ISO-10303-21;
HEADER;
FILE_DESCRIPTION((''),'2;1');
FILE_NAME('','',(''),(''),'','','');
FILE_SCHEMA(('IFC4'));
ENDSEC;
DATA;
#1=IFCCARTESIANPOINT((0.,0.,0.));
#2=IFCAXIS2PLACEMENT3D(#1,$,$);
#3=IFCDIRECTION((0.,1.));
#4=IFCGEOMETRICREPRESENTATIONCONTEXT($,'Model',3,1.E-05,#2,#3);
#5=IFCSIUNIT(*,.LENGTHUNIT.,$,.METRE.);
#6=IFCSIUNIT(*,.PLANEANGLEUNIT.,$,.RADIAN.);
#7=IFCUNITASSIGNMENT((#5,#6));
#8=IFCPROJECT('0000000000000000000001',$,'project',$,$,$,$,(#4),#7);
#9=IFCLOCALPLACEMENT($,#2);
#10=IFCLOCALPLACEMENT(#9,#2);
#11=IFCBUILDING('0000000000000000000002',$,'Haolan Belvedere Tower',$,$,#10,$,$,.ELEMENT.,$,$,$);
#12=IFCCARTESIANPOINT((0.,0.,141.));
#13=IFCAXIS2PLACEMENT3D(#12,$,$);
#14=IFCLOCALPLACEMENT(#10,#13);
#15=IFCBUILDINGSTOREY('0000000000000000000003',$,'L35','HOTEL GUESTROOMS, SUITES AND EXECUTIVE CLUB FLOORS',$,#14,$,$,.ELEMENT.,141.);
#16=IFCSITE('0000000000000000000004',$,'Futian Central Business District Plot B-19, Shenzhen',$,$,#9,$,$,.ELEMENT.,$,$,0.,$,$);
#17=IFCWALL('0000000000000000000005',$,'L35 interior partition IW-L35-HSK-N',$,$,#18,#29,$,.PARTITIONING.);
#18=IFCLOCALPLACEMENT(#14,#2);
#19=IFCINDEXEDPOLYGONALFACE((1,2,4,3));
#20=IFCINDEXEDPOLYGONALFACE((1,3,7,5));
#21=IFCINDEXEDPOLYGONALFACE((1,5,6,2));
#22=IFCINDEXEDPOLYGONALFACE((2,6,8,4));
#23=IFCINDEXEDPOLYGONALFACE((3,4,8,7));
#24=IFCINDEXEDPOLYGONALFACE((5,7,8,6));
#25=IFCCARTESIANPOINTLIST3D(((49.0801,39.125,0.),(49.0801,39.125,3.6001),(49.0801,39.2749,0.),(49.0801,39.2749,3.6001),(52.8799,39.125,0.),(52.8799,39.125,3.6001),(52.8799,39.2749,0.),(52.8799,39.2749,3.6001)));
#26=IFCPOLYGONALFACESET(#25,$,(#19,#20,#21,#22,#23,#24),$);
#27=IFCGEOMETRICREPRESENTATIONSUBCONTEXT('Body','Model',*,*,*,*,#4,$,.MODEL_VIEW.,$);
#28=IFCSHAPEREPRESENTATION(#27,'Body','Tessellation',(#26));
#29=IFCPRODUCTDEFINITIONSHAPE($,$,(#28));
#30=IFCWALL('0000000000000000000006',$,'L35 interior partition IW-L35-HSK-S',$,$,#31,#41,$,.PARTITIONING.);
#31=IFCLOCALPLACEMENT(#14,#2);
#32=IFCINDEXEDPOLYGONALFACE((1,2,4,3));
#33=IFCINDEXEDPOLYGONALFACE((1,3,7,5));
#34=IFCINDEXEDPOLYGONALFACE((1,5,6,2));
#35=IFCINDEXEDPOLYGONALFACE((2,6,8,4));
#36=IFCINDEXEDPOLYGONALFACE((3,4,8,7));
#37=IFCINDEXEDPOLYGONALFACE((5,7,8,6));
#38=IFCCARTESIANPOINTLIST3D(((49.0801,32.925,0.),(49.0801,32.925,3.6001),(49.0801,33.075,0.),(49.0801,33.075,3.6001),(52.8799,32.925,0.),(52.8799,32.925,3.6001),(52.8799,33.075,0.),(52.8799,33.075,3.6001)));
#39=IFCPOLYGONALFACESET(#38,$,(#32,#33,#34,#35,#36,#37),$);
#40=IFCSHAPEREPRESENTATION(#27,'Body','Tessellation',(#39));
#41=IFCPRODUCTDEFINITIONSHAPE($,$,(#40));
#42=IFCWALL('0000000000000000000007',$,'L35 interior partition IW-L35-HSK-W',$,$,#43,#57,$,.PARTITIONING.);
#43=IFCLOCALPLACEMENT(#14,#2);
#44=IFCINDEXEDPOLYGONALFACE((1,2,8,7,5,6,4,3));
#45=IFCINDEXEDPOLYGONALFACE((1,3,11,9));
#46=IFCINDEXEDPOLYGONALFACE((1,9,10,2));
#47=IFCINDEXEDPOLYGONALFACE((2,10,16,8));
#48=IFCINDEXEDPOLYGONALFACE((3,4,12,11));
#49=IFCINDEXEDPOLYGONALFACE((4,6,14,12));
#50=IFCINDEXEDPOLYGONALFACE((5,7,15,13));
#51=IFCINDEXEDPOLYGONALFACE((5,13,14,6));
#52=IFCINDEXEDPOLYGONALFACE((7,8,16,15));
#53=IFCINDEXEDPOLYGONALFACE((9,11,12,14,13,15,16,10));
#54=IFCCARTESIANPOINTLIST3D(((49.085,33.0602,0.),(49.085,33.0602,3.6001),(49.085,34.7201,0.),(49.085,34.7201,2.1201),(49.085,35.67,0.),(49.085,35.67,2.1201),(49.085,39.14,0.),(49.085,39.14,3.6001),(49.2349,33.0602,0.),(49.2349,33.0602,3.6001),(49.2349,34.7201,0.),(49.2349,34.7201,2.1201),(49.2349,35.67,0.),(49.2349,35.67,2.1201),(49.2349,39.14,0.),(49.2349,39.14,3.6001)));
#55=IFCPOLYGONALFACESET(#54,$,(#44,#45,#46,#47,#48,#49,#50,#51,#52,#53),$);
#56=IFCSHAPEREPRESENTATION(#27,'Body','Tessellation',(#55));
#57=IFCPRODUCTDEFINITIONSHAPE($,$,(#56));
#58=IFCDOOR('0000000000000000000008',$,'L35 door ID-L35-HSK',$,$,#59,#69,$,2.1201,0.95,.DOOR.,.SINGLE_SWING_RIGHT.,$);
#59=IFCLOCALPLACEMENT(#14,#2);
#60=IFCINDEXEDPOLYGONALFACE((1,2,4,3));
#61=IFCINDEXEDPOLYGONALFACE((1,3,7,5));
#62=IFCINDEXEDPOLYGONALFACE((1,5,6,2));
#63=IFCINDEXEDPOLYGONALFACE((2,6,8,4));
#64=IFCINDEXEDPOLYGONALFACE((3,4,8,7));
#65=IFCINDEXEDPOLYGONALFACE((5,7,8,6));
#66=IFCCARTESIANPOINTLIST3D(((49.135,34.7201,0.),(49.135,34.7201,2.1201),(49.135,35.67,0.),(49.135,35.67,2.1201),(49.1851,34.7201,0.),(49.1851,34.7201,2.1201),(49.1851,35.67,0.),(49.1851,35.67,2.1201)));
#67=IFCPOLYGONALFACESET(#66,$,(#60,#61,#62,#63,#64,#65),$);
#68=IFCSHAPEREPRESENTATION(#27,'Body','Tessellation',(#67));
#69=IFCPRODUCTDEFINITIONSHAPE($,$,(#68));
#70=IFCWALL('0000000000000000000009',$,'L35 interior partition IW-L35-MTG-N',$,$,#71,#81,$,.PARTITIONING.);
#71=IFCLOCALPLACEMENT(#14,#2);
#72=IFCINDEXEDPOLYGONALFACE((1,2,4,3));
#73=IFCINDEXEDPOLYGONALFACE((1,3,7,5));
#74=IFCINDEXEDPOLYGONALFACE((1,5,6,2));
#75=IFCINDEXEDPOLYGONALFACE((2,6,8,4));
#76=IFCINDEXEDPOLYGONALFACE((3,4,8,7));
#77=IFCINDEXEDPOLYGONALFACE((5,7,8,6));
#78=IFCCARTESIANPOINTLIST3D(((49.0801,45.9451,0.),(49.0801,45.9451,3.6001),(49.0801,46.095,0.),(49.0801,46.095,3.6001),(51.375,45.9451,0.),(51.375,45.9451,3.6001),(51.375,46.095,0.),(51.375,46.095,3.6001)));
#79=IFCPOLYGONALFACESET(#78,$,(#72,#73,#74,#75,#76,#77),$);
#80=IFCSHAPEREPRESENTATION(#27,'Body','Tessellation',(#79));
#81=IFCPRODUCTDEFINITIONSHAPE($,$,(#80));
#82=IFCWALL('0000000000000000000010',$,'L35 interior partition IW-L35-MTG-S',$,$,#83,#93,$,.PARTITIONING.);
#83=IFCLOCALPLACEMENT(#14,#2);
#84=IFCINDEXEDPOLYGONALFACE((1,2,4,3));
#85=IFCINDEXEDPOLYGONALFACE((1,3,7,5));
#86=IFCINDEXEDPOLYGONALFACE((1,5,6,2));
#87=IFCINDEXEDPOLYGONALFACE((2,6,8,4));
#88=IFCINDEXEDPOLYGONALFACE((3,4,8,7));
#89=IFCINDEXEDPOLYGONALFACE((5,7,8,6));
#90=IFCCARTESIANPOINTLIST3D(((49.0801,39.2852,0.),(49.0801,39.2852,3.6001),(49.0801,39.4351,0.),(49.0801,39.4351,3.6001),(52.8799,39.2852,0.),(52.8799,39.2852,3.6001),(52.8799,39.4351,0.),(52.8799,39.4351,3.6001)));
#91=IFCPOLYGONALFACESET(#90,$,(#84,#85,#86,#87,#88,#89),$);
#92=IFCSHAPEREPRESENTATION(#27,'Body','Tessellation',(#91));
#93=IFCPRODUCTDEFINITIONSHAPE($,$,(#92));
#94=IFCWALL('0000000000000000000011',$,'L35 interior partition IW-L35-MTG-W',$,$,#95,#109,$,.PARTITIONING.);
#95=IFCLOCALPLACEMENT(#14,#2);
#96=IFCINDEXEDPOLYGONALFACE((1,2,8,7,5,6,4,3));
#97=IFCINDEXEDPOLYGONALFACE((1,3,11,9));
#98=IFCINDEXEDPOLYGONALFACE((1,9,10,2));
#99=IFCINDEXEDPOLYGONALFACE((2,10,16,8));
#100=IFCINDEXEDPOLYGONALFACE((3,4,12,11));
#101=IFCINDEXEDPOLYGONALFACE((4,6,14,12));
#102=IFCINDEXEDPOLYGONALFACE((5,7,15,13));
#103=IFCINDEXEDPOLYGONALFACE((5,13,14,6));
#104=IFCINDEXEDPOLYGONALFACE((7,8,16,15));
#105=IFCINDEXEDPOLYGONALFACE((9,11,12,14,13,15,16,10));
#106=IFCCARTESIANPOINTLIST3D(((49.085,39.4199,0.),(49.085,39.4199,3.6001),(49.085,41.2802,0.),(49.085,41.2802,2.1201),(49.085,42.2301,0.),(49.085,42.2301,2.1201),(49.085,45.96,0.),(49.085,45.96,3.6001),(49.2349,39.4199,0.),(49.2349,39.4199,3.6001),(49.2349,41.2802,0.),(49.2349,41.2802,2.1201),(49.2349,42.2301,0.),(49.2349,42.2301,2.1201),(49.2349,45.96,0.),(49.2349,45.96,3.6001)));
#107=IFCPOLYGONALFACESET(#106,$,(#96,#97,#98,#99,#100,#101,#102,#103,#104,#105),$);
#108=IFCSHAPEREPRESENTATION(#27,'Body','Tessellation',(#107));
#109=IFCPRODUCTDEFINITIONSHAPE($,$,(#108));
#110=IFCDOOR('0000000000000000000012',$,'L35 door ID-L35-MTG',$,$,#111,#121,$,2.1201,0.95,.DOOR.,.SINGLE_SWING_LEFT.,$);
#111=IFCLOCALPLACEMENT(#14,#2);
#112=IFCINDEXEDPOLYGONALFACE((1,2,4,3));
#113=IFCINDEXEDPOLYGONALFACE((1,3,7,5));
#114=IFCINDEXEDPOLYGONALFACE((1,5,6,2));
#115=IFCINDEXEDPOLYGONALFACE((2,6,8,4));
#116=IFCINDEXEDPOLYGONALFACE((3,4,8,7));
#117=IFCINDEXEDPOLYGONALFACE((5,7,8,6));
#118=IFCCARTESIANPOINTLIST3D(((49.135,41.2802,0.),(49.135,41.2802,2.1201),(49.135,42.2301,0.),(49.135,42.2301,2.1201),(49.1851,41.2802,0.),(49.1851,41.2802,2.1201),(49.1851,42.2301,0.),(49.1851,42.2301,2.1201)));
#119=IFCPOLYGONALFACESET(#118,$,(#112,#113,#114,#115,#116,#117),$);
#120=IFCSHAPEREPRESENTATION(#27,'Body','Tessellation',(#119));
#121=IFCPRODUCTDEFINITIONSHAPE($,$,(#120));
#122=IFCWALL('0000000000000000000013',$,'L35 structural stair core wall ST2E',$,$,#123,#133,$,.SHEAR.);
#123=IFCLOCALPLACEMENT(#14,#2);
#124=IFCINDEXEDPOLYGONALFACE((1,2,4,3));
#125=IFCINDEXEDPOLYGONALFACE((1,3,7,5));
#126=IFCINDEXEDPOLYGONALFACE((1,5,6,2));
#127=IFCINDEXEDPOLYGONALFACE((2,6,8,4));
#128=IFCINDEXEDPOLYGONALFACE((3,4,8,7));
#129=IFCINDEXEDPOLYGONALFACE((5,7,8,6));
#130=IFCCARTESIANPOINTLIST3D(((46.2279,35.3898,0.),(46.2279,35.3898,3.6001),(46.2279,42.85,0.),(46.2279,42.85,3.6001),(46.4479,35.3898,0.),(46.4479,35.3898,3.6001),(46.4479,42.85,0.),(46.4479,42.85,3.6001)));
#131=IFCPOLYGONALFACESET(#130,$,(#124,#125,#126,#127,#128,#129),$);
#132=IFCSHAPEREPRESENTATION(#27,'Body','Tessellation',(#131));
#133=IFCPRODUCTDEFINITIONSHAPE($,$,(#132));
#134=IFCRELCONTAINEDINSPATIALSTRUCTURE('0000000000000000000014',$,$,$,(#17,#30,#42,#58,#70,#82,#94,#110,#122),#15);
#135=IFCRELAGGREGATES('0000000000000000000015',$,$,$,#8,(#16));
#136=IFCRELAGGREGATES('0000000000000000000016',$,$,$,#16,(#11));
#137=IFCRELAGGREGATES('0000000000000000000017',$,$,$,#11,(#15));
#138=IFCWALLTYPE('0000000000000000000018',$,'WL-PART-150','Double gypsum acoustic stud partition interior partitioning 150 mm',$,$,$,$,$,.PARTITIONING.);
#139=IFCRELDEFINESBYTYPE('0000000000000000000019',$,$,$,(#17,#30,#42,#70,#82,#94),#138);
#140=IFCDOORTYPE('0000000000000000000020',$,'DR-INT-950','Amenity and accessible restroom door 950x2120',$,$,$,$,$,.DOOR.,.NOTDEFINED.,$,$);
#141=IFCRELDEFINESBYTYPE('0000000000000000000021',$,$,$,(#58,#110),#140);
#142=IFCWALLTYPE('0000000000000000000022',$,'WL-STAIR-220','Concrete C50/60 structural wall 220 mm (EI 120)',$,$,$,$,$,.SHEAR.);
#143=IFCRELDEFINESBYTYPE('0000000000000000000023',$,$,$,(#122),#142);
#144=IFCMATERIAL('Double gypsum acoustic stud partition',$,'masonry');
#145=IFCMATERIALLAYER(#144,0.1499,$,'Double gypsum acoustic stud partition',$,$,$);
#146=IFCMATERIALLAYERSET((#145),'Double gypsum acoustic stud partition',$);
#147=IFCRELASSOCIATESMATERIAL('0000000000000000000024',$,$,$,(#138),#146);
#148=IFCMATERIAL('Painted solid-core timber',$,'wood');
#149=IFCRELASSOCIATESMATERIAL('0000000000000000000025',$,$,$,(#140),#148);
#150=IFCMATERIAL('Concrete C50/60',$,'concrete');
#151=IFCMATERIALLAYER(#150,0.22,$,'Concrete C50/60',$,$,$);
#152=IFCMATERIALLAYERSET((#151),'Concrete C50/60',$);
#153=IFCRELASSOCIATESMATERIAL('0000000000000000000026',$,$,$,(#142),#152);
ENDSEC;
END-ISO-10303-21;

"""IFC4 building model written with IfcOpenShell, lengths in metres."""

from ifc_helpers import new_model, si_unit, direction, frame, frame_2d, origin, place, context, subcontext, project, spatial, rectangle, extrude, material, layer, layer_set, type_object, element, fill, save


model = new_model("IFC4")

# Units and contexts
model_context = context("Model", 3, precision=1e-05, world=origin(), true_north=direction((0.0, 1.0)))
body_context = subcontext(model_context, "Body", "Model", "MODEL_VIEW")
ifc_project = project(units=[si_unit("LENGTHUNIT", "METRE"), si_unit("PLANEANGLEUNIT", "RADIAN")], contexts=[model_context])

# Site, building, storey
site_placement = place(None, origin())
site = spatial("IfcSite", under=ifc_project, at=site_placement, Name="Futian Central Business District Plot B-19, Shenzhen", CompositionType="ELEMENT", RefElevation=0.0)
building_placement = place(site_placement, origin())
building = spatial("IfcBuilding", under=site, at=building_placement, Name="Haolan Belvedere Tower", CompositionType="ELEMENT")
storey_placement = place(building_placement, frame((0.0, 0.0, 141.0)))
storey = spatial("IfcBuildingStorey", under=building, at=storey_placement, Name="L35", Description="HOTEL GUESTROOMS, SUITES AND EXECUTIVE CLUB FLOORS", CompositionType="ELEMENT", Elevation=141.0)

# Walls
ifc_material_1 = material(Name="Double gypsum acoustic stud partition", Category="masonry")
ifc_layer_1 = layer(ifc_material_1, 0.1499, Name="Double gypsum acoustic stud partition")
ifc_layer_set_1 = layer_set([ifc_layer_1], Name="Double gypsum acoustic stud partition")
wall_type_1 = type_object("IfcWallType", Name="WL-PART-150", Description="Double gypsum acoustic stud partition interior partitioning 150 mm", PredefinedType="PARTITIONING", material=ifc_layer_set_1)
for number, where, z_axis, x_axis, name in (
    (1, (49.0801, 39.2, 0.0), (0.0, 0.0, 1.0), (1.0, 0.0, 0.0), "L35 interior partition IW-L35-HSK-N"),
    (2, (49.0801, 33.0, 0.0), (0.0, 0.0, 1.0), (1.0, 0.0, 0.0), "L35 interior partition IW-L35-HSK-S"),
):
    element("IfcWall", number, at=place(storey_placement, frame(where, z_axis=z_axis, x_axis=x_axis)), inside=storey, type_object=wall_type_1, Name=name, PredefinedType="PARTITIONING", context=body_context, shape_type="SweptSolid", body=[
        extrude(rectangle(XDim=3.7998, YDim=0.1499, at=frame_2d((1.8999, 0.0))), origin(), (0.0, 0.0, 1.0), 3.6001),
    ])

# Wall, opening, door
wall_1_placement = place(storey_placement, frame((49.1599, 33.0601, 0.0), z_axis=(0.0, 0.0, 1.0), x_axis=(0.0, 1.0, 0.0)))
wall_1 = element("IfcWall", 3, at=wall_1_placement, inside=storey, type_object=wall_type_1, Name="L35 interior partition IW-L35-HSK-W", PredefinedType="PARTITIONING", context=body_context, shape_type="SweptSolid", body=[
    extrude(rectangle(XDim=6.0798, YDim=0.1499, at=frame_2d((3.04, 0.0))), origin(), (0.0, 0.0, 1.0), 3.6001),
])
opening_1_placement = place(wall_1_placement, frame((1.6599, 0.0, 0.0)))
opening_1 = element("IfcOpeningElement", 4, at=opening_1_placement, cuts=wall_1, PredefinedType="OPENING", context=body_context, shape_type="SweptSolid", body=[
    extrude(rectangle(XDim=0.95, YDim=2.1201, at=frame_2d((0.4751, 1.0601))), frame((0.0, 0.085, 0.0), z_axis=(0.0, -1.0, 0.0), x_axis=(1.0, 0.0, 0.0)), (0.0, 0.0, 1.0), 0.1699),
])
ifc_material_2 = material(Name="Painted solid-core timber", Category="wood")
door_type = type_object("IfcDoorType", Name="DR-INT-950", Description="Amenity and accessible restroom door 950x2120", OperationType="NOTDEFINED", PredefinedType="DOOR", material=ifc_material_2)
door_1_placement = place(opening_1_placement, origin())
door_1 = element("IfcDoor", 5, at=door_1_placement, inside=storey, type_object=door_type, Name="L35 door ID-L35-HSK", OperationType="SINGLE_SWING_RIGHT", OverallHeight=2.1201, OverallWidth=0.95, PredefinedType="DOOR", context=body_context, shape_type="SweptSolid", body=[
    extrude(rectangle(XDim=0.95, YDim=2.1201, at=frame_2d((0.4751, 1.0601))), frame((0.0, 0.0249, 0.0), z_axis=(0.0, -1.0, 0.0), x_axis=(1.0, 0.0, 0.0)), (0.0, 0.0, 1.0), 0.05),
])
fill(opening_1, door_1)

# Walls
wall_2_placement = place(storey_placement, frame((49.0801, 46.02, 0.0), z_axis=(0.0, 0.0, 1.0), x_axis=(1.0, 0.0, 0.0)))
element("IfcWall", 6, at=wall_2_placement, inside=storey, type_object=wall_type_1, Name="L35 interior partition IW-L35-MTG-N", PredefinedType="PARTITIONING", context=body_context, shape_type="SweptSolid", body=[
    extrude(rectangle(XDim=2.2949, YDim=0.1499, at=frame_2d((1.1475, 0.0))), origin(), (0.0, 0.0, 1.0), 3.6001),
])
wall_3_placement = place(storey_placement, frame((49.0801, 39.3601, 0.0), z_axis=(0.0, 0.0, 1.0), x_axis=(1.0, 0.0, 0.0)))
element("IfcWall", 7, at=wall_3_placement, inside=storey, type_object=wall_type_1, Name="L35 interior partition IW-L35-MTG-S", PredefinedType="PARTITIONING", context=body_context, shape_type="SweptSolid", body=[
    extrude(rectangle(XDim=3.7998, YDim=0.1499, at=frame_2d((1.8999, 0.0))), origin(), (0.0, 0.0, 1.0), 3.6001),
])

# Wall, opening, door
wall_4_placement = place(storey_placement, frame((49.1599, 39.4199, 0.0), z_axis=(0.0, 0.0, 1.0), x_axis=(0.0, 1.0, 0.0)))
wall_4 = element("IfcWall", 8, at=wall_4_placement, inside=storey, type_object=wall_type_1, Name="L35 interior partition IW-L35-MTG-W", PredefinedType="PARTITIONING", context=body_context, shape_type="SweptSolid", body=[
    extrude(rectangle(XDim=6.54, YDim=0.1499, at=frame_2d((3.27, 0.0))), origin(), (0.0, 0.0, 1.0), 3.6001),
])
opening_2_placement = place(wall_4_placement, frame((1.8601, 0.0, 0.0)))
opening_2 = element("IfcOpeningElement", 9, at=opening_2_placement, cuts=wall_4, PredefinedType="OPENING", context=body_context, shape_type="SweptSolid", body=[
    extrude(rectangle(XDim=0.95, YDim=2.1201, at=frame_2d((0.4751, 1.0601))), frame((0.0, 0.085, 0.0), z_axis=(0.0, -1.0, 0.0), x_axis=(1.0, 0.0, 0.0)), (0.0, 0.0, 1.0), 0.1699),
])
door_2_placement = place(opening_2_placement, origin())
door_2 = element("IfcDoor", 10, at=door_2_placement, inside=storey, type_object=door_type, Name="L35 door ID-L35-MTG", OperationType="SINGLE_SWING_LEFT", OverallHeight=2.1201, OverallWidth=0.95, PredefinedType="DOOR", context=body_context, shape_type="SweptSolid", body=[
    extrude(rectangle(XDim=0.95, YDim=2.1201, at=frame_2d((0.4751, 1.0601))), frame((0.0, 0.0249, 0.0), z_axis=(0.0, -1.0, 0.0), x_axis=(1.0, 0.0, 0.0)), (0.0, 0.0, 1.0), 0.05),
])
fill(opening_2, door_2)

# Wall
ifc_material_3 = material(Name="Concrete C50/60", Category="concrete")
ifc_layer_2 = layer(ifc_material_3, 0.22, Name="Concrete C50/60")
ifc_layer_set_2 = layer_set([ifc_layer_2], Name="Concrete C50/60")
wall_type_2 = type_object("IfcWallType", Name="WL-STAIR-220", Description="Concrete C50/60 structural wall 220 mm (EI 120)", PredefinedType="SHEAR", material=ifc_layer_set_2)
wall_5_placement = place(storey_placement, frame((46.3379, 35.3899, 0.0), z_axis=(0.0, 0.0, 1.0), x_axis=(0.0, 1.0, 0.0)))
element("IfcWall", 11, at=wall_5_placement, inside=storey, type_object=wall_type_2, Name="L35 structural stair core wall ST2E", PredefinedType="SHEAR", context=body_context, shape_type="SweptSolid", body=[
    extrude(rectangle(XDim=7.4602, YDim=0.22, at=frame_2d((3.73, 0.0))), origin(), (0.0, 0.0, 1.0), 3.6001),
])

save(model, "model.ifc")
